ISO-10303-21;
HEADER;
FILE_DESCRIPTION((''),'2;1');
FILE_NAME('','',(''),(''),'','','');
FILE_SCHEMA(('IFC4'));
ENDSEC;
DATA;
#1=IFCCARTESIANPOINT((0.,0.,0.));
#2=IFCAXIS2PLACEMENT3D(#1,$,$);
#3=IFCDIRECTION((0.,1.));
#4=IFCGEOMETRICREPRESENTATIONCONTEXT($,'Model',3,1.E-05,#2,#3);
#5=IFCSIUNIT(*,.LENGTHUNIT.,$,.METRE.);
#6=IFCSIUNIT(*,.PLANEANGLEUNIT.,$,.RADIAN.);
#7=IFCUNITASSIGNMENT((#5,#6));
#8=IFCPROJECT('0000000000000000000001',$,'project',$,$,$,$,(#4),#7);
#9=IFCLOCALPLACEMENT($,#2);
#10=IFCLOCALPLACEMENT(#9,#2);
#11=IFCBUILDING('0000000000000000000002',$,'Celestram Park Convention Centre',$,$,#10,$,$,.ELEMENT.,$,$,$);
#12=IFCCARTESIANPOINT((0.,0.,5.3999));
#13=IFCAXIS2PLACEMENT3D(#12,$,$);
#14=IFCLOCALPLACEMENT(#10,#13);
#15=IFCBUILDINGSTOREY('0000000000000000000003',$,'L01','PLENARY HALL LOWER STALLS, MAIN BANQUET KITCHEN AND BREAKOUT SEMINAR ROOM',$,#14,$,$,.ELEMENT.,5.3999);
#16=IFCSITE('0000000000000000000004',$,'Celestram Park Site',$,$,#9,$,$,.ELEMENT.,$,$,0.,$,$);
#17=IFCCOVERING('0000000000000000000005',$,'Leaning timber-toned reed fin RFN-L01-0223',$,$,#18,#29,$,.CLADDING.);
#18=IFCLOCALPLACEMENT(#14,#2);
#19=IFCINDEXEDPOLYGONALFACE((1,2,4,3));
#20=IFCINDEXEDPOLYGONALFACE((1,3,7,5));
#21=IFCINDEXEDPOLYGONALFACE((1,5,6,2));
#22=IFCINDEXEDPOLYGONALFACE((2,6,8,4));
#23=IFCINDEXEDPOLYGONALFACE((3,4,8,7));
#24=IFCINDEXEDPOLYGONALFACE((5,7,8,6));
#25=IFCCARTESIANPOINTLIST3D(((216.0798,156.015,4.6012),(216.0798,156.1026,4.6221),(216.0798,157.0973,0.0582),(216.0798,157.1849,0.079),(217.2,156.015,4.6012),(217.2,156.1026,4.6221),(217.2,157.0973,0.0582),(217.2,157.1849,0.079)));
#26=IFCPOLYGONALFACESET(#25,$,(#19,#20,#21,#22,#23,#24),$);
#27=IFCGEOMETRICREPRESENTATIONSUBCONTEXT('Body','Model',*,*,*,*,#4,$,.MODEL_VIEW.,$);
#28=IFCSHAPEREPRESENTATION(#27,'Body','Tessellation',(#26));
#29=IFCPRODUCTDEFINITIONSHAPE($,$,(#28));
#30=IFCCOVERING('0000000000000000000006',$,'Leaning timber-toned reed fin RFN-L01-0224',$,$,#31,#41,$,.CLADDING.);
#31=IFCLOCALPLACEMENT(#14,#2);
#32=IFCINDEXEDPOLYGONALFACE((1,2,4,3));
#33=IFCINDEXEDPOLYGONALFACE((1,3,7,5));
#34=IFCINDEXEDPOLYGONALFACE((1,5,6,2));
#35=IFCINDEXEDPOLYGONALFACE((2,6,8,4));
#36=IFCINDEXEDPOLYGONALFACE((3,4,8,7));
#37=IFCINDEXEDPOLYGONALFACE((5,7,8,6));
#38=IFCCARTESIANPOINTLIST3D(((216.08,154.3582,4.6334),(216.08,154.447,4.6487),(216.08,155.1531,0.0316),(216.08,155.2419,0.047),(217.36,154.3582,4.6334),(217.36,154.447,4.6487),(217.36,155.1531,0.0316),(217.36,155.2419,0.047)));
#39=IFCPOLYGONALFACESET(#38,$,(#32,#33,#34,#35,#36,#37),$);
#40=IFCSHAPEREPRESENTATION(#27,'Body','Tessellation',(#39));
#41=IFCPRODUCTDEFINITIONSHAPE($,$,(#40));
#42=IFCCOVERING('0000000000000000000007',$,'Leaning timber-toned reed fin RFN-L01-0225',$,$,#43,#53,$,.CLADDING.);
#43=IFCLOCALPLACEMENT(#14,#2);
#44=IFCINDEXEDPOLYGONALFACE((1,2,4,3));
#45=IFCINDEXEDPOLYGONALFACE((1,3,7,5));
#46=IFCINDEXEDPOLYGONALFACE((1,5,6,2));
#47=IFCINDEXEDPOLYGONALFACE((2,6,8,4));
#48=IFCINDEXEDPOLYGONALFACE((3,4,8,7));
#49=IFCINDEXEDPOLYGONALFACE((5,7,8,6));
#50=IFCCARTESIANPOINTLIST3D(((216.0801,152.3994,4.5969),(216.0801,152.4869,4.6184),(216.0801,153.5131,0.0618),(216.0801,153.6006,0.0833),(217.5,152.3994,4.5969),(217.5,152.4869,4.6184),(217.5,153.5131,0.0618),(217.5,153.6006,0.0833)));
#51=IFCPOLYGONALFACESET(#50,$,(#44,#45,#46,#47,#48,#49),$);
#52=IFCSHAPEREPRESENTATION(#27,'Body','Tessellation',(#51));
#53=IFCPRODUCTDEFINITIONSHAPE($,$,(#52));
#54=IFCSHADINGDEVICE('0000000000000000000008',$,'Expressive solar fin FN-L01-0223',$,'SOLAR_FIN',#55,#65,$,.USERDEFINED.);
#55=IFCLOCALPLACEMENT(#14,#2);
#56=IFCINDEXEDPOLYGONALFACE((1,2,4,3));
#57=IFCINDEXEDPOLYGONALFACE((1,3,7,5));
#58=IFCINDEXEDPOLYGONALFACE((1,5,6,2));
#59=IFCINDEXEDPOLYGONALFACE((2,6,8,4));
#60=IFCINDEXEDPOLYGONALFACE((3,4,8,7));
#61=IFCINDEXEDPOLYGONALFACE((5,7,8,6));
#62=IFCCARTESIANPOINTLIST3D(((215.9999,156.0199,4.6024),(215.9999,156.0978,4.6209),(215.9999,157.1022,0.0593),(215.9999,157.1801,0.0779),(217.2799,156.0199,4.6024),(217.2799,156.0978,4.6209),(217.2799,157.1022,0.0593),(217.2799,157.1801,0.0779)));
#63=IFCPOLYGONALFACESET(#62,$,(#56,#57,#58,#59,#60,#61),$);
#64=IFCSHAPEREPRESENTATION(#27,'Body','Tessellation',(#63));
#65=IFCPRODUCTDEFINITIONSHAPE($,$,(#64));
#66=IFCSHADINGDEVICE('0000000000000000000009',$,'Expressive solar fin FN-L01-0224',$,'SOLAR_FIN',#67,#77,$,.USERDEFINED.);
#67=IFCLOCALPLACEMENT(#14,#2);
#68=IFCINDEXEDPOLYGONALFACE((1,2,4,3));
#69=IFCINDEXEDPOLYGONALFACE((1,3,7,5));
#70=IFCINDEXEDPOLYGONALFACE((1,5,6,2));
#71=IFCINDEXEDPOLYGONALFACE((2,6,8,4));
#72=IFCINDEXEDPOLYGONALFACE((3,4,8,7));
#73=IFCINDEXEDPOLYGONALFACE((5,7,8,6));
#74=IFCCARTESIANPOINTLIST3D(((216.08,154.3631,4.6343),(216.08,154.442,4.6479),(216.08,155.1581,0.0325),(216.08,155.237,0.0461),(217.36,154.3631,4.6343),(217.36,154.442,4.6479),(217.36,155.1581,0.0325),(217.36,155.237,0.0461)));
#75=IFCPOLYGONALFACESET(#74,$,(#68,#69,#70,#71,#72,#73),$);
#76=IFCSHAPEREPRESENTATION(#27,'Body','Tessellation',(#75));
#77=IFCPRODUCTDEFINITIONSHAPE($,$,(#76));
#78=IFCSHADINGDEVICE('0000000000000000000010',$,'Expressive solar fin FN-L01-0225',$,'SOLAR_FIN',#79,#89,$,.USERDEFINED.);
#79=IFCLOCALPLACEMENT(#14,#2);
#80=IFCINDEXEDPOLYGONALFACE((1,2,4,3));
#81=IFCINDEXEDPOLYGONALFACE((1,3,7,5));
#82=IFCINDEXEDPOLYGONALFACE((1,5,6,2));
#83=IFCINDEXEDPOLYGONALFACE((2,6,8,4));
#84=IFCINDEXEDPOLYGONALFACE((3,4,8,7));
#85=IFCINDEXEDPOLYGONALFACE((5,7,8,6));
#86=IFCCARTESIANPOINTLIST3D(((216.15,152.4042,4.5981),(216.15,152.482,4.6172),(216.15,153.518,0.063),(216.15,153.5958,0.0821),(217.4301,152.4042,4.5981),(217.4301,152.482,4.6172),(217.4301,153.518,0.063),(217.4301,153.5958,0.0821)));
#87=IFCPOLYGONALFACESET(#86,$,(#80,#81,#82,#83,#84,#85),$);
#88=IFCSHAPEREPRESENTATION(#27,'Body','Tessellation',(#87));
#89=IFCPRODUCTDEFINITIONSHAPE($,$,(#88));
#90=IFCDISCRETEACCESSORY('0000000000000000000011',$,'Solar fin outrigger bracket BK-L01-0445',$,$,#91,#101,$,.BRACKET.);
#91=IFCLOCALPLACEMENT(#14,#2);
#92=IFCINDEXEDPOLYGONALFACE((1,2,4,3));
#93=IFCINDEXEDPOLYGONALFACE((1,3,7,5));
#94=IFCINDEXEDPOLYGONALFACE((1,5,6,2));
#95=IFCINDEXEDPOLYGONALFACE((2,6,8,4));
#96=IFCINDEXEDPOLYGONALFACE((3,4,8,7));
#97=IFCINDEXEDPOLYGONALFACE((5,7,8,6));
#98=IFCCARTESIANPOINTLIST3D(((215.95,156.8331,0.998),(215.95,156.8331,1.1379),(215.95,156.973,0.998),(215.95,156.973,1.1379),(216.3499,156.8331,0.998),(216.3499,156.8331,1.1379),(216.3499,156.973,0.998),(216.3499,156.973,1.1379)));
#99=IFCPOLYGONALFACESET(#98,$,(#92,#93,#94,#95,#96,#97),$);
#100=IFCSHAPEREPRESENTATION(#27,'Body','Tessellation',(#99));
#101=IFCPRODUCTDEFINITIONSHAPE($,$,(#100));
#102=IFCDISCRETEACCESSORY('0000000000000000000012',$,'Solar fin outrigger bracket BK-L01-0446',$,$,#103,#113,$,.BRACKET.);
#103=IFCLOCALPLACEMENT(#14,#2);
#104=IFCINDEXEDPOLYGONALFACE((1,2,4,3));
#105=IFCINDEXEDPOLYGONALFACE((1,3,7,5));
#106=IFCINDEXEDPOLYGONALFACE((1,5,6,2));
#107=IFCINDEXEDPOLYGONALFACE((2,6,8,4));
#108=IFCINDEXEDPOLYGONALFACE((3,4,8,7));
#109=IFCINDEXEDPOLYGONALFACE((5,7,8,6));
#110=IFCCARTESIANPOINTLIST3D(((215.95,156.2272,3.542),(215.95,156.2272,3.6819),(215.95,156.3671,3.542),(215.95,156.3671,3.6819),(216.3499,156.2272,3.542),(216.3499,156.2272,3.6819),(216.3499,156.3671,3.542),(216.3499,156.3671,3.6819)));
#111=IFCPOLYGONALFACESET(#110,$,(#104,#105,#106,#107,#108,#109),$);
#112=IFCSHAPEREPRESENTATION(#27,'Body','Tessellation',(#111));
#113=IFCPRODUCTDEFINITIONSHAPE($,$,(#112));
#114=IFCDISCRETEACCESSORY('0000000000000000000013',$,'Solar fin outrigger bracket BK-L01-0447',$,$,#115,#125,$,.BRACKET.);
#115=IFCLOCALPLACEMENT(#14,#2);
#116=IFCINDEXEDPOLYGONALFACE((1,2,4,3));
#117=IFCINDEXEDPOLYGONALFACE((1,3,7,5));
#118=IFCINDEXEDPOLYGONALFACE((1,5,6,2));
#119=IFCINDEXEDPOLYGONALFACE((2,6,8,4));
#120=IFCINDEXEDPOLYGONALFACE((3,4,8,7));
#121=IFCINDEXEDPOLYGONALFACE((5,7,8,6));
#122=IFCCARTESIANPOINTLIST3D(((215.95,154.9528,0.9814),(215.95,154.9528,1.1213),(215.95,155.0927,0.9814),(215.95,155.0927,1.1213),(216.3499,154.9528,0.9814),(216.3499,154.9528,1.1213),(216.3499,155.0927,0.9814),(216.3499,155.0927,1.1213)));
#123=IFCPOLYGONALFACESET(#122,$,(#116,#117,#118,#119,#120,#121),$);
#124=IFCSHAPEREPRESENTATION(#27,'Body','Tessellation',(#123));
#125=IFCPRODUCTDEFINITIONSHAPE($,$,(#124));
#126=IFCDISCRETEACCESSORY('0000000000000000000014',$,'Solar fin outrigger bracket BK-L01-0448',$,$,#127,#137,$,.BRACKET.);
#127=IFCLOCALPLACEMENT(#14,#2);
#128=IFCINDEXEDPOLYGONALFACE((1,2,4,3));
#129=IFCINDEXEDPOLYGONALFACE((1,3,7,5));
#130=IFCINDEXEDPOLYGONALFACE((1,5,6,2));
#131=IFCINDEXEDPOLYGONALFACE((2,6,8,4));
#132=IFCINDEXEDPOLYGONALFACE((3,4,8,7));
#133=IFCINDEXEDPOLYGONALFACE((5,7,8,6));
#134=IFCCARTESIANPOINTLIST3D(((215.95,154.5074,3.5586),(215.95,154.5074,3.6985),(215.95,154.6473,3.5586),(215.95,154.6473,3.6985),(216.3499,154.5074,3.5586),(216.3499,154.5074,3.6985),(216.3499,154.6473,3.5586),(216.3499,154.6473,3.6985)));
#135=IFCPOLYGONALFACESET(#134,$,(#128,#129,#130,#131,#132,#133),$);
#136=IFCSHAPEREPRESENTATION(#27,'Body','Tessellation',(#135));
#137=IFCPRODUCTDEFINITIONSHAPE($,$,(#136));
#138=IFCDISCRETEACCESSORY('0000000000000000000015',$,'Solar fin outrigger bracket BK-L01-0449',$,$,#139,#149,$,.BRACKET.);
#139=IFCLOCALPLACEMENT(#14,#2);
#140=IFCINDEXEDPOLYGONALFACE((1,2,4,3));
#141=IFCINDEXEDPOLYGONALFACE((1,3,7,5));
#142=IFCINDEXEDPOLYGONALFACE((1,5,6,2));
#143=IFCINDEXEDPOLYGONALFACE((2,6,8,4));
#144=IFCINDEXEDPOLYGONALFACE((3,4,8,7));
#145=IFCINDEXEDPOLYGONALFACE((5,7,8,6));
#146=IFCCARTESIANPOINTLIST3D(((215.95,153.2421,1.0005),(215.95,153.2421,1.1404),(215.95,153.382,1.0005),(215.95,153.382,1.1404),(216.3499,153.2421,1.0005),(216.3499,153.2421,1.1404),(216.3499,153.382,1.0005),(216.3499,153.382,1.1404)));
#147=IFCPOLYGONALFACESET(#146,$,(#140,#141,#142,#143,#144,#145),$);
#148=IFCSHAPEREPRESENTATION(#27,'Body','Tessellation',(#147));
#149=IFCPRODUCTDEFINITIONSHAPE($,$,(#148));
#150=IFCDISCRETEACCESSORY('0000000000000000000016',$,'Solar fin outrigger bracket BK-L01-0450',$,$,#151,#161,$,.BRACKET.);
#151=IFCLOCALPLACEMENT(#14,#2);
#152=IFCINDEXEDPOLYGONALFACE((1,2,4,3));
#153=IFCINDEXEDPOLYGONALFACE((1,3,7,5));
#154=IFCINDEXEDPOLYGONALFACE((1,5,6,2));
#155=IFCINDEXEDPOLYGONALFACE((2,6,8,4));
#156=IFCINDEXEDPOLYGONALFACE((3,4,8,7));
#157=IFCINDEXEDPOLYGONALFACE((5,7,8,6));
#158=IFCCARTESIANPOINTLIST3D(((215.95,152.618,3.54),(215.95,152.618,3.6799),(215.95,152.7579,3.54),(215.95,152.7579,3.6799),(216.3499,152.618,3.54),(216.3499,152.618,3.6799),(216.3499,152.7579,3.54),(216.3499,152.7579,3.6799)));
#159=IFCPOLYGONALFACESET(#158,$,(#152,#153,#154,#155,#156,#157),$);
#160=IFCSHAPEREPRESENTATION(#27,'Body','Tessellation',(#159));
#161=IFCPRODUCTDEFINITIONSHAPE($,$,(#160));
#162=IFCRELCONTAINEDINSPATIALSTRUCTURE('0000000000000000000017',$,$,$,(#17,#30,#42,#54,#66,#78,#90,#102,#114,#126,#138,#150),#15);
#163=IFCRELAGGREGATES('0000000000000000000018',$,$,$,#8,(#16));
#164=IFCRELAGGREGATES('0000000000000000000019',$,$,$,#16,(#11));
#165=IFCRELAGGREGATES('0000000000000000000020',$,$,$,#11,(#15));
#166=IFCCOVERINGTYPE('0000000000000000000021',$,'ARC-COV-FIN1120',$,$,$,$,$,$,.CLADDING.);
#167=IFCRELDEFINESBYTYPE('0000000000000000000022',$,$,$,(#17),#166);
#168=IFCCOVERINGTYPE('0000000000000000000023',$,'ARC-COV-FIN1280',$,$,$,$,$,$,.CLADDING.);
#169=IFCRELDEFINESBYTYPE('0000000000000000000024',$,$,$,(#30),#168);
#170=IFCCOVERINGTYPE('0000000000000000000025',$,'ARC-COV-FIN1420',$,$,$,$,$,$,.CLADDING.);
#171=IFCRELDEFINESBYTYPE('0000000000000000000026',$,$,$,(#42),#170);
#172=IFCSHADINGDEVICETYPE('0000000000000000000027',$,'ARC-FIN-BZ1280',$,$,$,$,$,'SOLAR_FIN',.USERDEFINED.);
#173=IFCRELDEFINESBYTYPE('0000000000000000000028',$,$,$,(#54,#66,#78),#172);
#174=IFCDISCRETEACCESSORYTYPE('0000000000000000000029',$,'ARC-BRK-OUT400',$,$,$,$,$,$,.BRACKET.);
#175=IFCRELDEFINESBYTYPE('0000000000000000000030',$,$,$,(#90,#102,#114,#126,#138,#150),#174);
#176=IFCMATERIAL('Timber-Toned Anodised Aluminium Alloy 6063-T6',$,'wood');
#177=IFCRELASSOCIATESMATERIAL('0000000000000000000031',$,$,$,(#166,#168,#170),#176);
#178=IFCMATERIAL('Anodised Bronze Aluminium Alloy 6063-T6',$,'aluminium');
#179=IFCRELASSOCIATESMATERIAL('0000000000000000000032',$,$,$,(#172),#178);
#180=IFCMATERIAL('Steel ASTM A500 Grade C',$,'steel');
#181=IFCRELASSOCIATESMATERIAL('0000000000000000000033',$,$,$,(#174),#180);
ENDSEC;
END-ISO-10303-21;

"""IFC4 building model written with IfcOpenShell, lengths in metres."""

from ifc_helpers import new_model, si_unit, direction, frame, origin, origin_2d, place, context, subcontext, project, spatial, rectangle, extrude, material, material_profile, profile_set, type_object, element, save


model = new_model("IFC4")

# Units and contexts
model_context = context("Model", 3, precision=1e-05, world=origin(), true_north=direction((0.0, 1.0)))
body_context = subcontext(model_context, "Body", "Model", "MODEL_VIEW")
ifc_project = project(units=[si_unit("LENGTHUNIT", "METRE"), si_unit("PLANEANGLEUNIT", "RADIAN")], contexts=[model_context])

# Site, building, storey
site_placement = place(None, origin())
site = spatial("IfcSite", under=ifc_project, at=site_placement, Name="Celestram Park Site", CompositionType="ELEMENT", RefElevation=0.0)
building_placement = place(site_placement, origin())
building = spatial("IfcBuilding", under=site, at=building_placement, Name="Celestram Park Convention Centre", CompositionType="ELEMENT")
storey_placement = place(building_placement, frame((0.0, 0.0, 5.3999)))
storey = spatial("IfcBuildingStorey", under=building, at=storey_placement, Name="L01", Description="PLENARY HALL LOWER STALLS, MAIN BANQUET KITCHEN AND BREAKOUT SEMINAR ROOM", CompositionType="ELEMENT", Elevation=5.3999)

# Shared definitions
ifc_material_1 = material(Name="Steel ASTM A500 Grade C", Category="steel")

# Coverings
ifc_material_2 = material(Name="Timber-Toned Anodised Aluminium Alloy 6063-T6", Category="wood")
ifc_material_profile_1 = material_profile(ifc_material_2, rectangle(XDim=1.1201, YDim=0.0901, at=origin_2d()), Name="REED1120X90")
ifc_profile_set_1 = profile_set([ifc_material_profile_1], Name="Timber-Toned Anodised Aluminium Alloy 6063-T6")
covering_type_1 = type_object("IfcCoveringType", Name="ARC-COV-FIN1120", PredefinedType="CLADDING", material=ifc_profile_set_1)
covering_1_placement = place(storey_placement, frame((216.6399, 157.1411, 0.0686), z_axis=(0.0, -0.231745, 0.972776), x_axis=(1.0, 0.0, 0.0)))
element("IfcCovering", 1, at=covering_1_placement, inside=storey, type_object=covering_type_1, Name="Leaning timber-toned reed fin RFN-L01-0223", PredefinedType="CLADDING", context=body_context, shape_type="SweptSolid", body=[
    extrude(rectangle(XDim=1.1201, YDim=0.0901, at=origin_2d()), origin(), (0.0, 0.0, 1.0), 4.6702),
])
ifc_material_profile_2 = material_profile(ifc_material_2, rectangle(XDim=1.28, YDim=0.0901, at=origin_2d()), Name="REED1280X90")
ifc_profile_set_2 = profile_set([ifc_material_profile_2], Name="Timber-Toned Anodised Aluminium Alloy 6063-T6")
covering_type_2 = type_object("IfcCoveringType", Name="ARC-COV-FIN1280", PredefinedType="CLADDING", material=ifc_profile_set_2)
covering_2_placement = place(storey_placement, frame((216.72, 155.1975, 0.0393), z_axis=(0.0, -0.17022, 0.985406), x_axis=(1.0, 0.0, 0.0)))
element("IfcCovering", 2, at=covering_2_placement, inside=storey, type_object=covering_type_2, Name="Leaning timber-toned reed fin RFN-L01-0224", PredefinedType="CLADDING", context=body_context, shape_type="SweptSolid", body=[
    extrude(rectangle(XDim=1.28, YDim=0.0901, at=origin_2d()), origin(), (0.0, 0.0, 1.0), 4.6699),
])
ifc_material_profile_3 = material_profile(ifc_material_2, rectangle(XDim=1.4199, YDim=0.0901, at=origin_2d()), Name="REED1420X90")
ifc_profile_set_3 = profile_set([ifc_material_profile_3], Name="Timber-Toned Anodised Aluminium Alloy 6063-T6")
covering_type_3 = type_object("IfcCoveringType", Name="ARC-COV-FIN1420", PredefinedType="CLADDING", material=ifc_profile_set_3)
covering_3_placement = place(storey_placement, frame((216.79, 153.5569, 0.0725), z_axis=(0.0, -0.238499, 0.971143), x_axis=(1.0, 0.0, 0.0)))
element("IfcCovering", 3, at=covering_3_placement, inside=storey, type_object=covering_type_3, Name="Leaning timber-toned reed fin RFN-L01-0225", PredefinedType="CLADDING", context=body_context, shape_type="SweptSolid", body=[
    extrude(rectangle(XDim=1.4199, YDim=0.0901, at=origin_2d()), origin(), (0.0, 0.0, 1.0), 4.6699),
])

# Shading devices
ifc_material_3 = material(Name="Anodised Bronze Aluminium Alloy 6063-T6", Category="aluminium")
ifc_material_profile_4 = material_profile(ifc_material_3, rectangle(XDim=1.28, YDim=0.0801, at=origin_2d()), Name="FIN1280X80")
ifc_profile_set_4 = profile_set([ifc_material_profile_4], Name="Anodised Bronze Aluminium Alloy 6063-T6")
shading_device_type = type_object("IfcShadingDeviceType", Name="ARC-FIN-BZ1280", ElementType="SOLAR_FIN", PredefinedType="USERDEFINED", material=ifc_profile_set_4)
shading_device_placement = place(storey_placement, frame((216.6399, 157.1411, 0.0686), z_axis=(0.0, -0.231745, 0.972776), x_axis=(1.0, 0.0, 0.0)))
element("IfcShadingDevice", 4, at=shading_device_placement, inside=storey, type_object=shading_device_type, Name="Expressive solar fin FN-L01-0223", ObjectType="SOLAR_FIN", PredefinedType="USERDEFINED", context=body_context, shape_type="SweptSolid", body=[
    extrude(rectangle(XDim=1.28, YDim=0.0801, at=origin_2d()), origin(), (0.0, 0.0, 1.0), 4.6702),
])
for number, where, z_axis, x_axis, name in (
    (5, (216.72, 155.1975, 0.0393), (0.0, -0.17022, 0.985406), (1.0, 0.0, 0.0), "Expressive solar fin FN-L01-0224"),
    (6, (216.79, 153.5569, 0.0725), (0.0, -0.238499, 0.971143), (1.0, 0.0, 0.0), "Expressive solar fin FN-L01-0225"),
):
    element("IfcShadingDevice", number, at=place(storey_placement, frame(where, z_axis=z_axis, x_axis=x_axis)), inside=storey, type_object=shading_device_type, Name=name, ObjectType="SOLAR_FIN", PredefinedType="USERDEFINED", context=body_context, shape_type="SweptSolid", body=[
        extrude(rectangle(XDim=1.28, YDim=0.0801, at=origin_2d()), origin(), (0.0, 0.0, 1.0), 4.6699),
    ])

# Discrete accessories
discrete_accessory_type = type_object("IfcDiscreteAccessoryType", Name="ARC-BRK-OUT400", PredefinedType="BRACKET", material=ifc_material_1)
for number, where, z_axis, x_axis, name in (
    (7, (216.1499, 156.9031, 0.998), (0.0, 0.0, 1.0), (1.0, 0.0, 0.0), "Solar fin outrigger bracket BK-L01-0445"),
    (8, (216.1499, 156.2971, 3.542), (0.0, 0.0, 1.0), (1.0, 0.0, 0.0), "Solar fin outrigger bracket BK-L01-0446"),
    (9, (216.1499, 155.0227, 0.9814), (0.0, 0.0, 1.0), (1.0, 0.0, 0.0), "Solar fin outrigger bracket BK-L01-0447"),
    (10, (216.1499, 154.5774, 3.5586), (0.0, 0.0, 1.0), (1.0, 0.0, 0.0), "Solar fin outrigger bracket BK-L01-0448"),
    (11, (216.1499, 153.312, 1.0005), (0.0, 0.0, 1.0), (1.0, 0.0, 0.0), "Solar fin outrigger bracket BK-L01-0449"),
    (12, (216.1499, 152.688, 3.54), (0.0, 0.0, 1.0), (1.0, 0.0, 0.0), "Solar fin outrigger bracket BK-L01-0450"),
):
    element("IfcDiscreteAccessory", number, at=place(storey_placement, frame(where, z_axis=z_axis, x_axis=x_axis)), inside=storey, type_object=discrete_accessory_type, Name=name, PredefinedType="BRACKET", context=body_context, shape_type="SweptSolid", body=[
        extrude(rectangle(XDim=0.3999, YDim=0.1399, at=origin_2d()), origin(), (0.0, 0.0, 1.0), 0.1399),
    ])

save(model, "model.ifc")
